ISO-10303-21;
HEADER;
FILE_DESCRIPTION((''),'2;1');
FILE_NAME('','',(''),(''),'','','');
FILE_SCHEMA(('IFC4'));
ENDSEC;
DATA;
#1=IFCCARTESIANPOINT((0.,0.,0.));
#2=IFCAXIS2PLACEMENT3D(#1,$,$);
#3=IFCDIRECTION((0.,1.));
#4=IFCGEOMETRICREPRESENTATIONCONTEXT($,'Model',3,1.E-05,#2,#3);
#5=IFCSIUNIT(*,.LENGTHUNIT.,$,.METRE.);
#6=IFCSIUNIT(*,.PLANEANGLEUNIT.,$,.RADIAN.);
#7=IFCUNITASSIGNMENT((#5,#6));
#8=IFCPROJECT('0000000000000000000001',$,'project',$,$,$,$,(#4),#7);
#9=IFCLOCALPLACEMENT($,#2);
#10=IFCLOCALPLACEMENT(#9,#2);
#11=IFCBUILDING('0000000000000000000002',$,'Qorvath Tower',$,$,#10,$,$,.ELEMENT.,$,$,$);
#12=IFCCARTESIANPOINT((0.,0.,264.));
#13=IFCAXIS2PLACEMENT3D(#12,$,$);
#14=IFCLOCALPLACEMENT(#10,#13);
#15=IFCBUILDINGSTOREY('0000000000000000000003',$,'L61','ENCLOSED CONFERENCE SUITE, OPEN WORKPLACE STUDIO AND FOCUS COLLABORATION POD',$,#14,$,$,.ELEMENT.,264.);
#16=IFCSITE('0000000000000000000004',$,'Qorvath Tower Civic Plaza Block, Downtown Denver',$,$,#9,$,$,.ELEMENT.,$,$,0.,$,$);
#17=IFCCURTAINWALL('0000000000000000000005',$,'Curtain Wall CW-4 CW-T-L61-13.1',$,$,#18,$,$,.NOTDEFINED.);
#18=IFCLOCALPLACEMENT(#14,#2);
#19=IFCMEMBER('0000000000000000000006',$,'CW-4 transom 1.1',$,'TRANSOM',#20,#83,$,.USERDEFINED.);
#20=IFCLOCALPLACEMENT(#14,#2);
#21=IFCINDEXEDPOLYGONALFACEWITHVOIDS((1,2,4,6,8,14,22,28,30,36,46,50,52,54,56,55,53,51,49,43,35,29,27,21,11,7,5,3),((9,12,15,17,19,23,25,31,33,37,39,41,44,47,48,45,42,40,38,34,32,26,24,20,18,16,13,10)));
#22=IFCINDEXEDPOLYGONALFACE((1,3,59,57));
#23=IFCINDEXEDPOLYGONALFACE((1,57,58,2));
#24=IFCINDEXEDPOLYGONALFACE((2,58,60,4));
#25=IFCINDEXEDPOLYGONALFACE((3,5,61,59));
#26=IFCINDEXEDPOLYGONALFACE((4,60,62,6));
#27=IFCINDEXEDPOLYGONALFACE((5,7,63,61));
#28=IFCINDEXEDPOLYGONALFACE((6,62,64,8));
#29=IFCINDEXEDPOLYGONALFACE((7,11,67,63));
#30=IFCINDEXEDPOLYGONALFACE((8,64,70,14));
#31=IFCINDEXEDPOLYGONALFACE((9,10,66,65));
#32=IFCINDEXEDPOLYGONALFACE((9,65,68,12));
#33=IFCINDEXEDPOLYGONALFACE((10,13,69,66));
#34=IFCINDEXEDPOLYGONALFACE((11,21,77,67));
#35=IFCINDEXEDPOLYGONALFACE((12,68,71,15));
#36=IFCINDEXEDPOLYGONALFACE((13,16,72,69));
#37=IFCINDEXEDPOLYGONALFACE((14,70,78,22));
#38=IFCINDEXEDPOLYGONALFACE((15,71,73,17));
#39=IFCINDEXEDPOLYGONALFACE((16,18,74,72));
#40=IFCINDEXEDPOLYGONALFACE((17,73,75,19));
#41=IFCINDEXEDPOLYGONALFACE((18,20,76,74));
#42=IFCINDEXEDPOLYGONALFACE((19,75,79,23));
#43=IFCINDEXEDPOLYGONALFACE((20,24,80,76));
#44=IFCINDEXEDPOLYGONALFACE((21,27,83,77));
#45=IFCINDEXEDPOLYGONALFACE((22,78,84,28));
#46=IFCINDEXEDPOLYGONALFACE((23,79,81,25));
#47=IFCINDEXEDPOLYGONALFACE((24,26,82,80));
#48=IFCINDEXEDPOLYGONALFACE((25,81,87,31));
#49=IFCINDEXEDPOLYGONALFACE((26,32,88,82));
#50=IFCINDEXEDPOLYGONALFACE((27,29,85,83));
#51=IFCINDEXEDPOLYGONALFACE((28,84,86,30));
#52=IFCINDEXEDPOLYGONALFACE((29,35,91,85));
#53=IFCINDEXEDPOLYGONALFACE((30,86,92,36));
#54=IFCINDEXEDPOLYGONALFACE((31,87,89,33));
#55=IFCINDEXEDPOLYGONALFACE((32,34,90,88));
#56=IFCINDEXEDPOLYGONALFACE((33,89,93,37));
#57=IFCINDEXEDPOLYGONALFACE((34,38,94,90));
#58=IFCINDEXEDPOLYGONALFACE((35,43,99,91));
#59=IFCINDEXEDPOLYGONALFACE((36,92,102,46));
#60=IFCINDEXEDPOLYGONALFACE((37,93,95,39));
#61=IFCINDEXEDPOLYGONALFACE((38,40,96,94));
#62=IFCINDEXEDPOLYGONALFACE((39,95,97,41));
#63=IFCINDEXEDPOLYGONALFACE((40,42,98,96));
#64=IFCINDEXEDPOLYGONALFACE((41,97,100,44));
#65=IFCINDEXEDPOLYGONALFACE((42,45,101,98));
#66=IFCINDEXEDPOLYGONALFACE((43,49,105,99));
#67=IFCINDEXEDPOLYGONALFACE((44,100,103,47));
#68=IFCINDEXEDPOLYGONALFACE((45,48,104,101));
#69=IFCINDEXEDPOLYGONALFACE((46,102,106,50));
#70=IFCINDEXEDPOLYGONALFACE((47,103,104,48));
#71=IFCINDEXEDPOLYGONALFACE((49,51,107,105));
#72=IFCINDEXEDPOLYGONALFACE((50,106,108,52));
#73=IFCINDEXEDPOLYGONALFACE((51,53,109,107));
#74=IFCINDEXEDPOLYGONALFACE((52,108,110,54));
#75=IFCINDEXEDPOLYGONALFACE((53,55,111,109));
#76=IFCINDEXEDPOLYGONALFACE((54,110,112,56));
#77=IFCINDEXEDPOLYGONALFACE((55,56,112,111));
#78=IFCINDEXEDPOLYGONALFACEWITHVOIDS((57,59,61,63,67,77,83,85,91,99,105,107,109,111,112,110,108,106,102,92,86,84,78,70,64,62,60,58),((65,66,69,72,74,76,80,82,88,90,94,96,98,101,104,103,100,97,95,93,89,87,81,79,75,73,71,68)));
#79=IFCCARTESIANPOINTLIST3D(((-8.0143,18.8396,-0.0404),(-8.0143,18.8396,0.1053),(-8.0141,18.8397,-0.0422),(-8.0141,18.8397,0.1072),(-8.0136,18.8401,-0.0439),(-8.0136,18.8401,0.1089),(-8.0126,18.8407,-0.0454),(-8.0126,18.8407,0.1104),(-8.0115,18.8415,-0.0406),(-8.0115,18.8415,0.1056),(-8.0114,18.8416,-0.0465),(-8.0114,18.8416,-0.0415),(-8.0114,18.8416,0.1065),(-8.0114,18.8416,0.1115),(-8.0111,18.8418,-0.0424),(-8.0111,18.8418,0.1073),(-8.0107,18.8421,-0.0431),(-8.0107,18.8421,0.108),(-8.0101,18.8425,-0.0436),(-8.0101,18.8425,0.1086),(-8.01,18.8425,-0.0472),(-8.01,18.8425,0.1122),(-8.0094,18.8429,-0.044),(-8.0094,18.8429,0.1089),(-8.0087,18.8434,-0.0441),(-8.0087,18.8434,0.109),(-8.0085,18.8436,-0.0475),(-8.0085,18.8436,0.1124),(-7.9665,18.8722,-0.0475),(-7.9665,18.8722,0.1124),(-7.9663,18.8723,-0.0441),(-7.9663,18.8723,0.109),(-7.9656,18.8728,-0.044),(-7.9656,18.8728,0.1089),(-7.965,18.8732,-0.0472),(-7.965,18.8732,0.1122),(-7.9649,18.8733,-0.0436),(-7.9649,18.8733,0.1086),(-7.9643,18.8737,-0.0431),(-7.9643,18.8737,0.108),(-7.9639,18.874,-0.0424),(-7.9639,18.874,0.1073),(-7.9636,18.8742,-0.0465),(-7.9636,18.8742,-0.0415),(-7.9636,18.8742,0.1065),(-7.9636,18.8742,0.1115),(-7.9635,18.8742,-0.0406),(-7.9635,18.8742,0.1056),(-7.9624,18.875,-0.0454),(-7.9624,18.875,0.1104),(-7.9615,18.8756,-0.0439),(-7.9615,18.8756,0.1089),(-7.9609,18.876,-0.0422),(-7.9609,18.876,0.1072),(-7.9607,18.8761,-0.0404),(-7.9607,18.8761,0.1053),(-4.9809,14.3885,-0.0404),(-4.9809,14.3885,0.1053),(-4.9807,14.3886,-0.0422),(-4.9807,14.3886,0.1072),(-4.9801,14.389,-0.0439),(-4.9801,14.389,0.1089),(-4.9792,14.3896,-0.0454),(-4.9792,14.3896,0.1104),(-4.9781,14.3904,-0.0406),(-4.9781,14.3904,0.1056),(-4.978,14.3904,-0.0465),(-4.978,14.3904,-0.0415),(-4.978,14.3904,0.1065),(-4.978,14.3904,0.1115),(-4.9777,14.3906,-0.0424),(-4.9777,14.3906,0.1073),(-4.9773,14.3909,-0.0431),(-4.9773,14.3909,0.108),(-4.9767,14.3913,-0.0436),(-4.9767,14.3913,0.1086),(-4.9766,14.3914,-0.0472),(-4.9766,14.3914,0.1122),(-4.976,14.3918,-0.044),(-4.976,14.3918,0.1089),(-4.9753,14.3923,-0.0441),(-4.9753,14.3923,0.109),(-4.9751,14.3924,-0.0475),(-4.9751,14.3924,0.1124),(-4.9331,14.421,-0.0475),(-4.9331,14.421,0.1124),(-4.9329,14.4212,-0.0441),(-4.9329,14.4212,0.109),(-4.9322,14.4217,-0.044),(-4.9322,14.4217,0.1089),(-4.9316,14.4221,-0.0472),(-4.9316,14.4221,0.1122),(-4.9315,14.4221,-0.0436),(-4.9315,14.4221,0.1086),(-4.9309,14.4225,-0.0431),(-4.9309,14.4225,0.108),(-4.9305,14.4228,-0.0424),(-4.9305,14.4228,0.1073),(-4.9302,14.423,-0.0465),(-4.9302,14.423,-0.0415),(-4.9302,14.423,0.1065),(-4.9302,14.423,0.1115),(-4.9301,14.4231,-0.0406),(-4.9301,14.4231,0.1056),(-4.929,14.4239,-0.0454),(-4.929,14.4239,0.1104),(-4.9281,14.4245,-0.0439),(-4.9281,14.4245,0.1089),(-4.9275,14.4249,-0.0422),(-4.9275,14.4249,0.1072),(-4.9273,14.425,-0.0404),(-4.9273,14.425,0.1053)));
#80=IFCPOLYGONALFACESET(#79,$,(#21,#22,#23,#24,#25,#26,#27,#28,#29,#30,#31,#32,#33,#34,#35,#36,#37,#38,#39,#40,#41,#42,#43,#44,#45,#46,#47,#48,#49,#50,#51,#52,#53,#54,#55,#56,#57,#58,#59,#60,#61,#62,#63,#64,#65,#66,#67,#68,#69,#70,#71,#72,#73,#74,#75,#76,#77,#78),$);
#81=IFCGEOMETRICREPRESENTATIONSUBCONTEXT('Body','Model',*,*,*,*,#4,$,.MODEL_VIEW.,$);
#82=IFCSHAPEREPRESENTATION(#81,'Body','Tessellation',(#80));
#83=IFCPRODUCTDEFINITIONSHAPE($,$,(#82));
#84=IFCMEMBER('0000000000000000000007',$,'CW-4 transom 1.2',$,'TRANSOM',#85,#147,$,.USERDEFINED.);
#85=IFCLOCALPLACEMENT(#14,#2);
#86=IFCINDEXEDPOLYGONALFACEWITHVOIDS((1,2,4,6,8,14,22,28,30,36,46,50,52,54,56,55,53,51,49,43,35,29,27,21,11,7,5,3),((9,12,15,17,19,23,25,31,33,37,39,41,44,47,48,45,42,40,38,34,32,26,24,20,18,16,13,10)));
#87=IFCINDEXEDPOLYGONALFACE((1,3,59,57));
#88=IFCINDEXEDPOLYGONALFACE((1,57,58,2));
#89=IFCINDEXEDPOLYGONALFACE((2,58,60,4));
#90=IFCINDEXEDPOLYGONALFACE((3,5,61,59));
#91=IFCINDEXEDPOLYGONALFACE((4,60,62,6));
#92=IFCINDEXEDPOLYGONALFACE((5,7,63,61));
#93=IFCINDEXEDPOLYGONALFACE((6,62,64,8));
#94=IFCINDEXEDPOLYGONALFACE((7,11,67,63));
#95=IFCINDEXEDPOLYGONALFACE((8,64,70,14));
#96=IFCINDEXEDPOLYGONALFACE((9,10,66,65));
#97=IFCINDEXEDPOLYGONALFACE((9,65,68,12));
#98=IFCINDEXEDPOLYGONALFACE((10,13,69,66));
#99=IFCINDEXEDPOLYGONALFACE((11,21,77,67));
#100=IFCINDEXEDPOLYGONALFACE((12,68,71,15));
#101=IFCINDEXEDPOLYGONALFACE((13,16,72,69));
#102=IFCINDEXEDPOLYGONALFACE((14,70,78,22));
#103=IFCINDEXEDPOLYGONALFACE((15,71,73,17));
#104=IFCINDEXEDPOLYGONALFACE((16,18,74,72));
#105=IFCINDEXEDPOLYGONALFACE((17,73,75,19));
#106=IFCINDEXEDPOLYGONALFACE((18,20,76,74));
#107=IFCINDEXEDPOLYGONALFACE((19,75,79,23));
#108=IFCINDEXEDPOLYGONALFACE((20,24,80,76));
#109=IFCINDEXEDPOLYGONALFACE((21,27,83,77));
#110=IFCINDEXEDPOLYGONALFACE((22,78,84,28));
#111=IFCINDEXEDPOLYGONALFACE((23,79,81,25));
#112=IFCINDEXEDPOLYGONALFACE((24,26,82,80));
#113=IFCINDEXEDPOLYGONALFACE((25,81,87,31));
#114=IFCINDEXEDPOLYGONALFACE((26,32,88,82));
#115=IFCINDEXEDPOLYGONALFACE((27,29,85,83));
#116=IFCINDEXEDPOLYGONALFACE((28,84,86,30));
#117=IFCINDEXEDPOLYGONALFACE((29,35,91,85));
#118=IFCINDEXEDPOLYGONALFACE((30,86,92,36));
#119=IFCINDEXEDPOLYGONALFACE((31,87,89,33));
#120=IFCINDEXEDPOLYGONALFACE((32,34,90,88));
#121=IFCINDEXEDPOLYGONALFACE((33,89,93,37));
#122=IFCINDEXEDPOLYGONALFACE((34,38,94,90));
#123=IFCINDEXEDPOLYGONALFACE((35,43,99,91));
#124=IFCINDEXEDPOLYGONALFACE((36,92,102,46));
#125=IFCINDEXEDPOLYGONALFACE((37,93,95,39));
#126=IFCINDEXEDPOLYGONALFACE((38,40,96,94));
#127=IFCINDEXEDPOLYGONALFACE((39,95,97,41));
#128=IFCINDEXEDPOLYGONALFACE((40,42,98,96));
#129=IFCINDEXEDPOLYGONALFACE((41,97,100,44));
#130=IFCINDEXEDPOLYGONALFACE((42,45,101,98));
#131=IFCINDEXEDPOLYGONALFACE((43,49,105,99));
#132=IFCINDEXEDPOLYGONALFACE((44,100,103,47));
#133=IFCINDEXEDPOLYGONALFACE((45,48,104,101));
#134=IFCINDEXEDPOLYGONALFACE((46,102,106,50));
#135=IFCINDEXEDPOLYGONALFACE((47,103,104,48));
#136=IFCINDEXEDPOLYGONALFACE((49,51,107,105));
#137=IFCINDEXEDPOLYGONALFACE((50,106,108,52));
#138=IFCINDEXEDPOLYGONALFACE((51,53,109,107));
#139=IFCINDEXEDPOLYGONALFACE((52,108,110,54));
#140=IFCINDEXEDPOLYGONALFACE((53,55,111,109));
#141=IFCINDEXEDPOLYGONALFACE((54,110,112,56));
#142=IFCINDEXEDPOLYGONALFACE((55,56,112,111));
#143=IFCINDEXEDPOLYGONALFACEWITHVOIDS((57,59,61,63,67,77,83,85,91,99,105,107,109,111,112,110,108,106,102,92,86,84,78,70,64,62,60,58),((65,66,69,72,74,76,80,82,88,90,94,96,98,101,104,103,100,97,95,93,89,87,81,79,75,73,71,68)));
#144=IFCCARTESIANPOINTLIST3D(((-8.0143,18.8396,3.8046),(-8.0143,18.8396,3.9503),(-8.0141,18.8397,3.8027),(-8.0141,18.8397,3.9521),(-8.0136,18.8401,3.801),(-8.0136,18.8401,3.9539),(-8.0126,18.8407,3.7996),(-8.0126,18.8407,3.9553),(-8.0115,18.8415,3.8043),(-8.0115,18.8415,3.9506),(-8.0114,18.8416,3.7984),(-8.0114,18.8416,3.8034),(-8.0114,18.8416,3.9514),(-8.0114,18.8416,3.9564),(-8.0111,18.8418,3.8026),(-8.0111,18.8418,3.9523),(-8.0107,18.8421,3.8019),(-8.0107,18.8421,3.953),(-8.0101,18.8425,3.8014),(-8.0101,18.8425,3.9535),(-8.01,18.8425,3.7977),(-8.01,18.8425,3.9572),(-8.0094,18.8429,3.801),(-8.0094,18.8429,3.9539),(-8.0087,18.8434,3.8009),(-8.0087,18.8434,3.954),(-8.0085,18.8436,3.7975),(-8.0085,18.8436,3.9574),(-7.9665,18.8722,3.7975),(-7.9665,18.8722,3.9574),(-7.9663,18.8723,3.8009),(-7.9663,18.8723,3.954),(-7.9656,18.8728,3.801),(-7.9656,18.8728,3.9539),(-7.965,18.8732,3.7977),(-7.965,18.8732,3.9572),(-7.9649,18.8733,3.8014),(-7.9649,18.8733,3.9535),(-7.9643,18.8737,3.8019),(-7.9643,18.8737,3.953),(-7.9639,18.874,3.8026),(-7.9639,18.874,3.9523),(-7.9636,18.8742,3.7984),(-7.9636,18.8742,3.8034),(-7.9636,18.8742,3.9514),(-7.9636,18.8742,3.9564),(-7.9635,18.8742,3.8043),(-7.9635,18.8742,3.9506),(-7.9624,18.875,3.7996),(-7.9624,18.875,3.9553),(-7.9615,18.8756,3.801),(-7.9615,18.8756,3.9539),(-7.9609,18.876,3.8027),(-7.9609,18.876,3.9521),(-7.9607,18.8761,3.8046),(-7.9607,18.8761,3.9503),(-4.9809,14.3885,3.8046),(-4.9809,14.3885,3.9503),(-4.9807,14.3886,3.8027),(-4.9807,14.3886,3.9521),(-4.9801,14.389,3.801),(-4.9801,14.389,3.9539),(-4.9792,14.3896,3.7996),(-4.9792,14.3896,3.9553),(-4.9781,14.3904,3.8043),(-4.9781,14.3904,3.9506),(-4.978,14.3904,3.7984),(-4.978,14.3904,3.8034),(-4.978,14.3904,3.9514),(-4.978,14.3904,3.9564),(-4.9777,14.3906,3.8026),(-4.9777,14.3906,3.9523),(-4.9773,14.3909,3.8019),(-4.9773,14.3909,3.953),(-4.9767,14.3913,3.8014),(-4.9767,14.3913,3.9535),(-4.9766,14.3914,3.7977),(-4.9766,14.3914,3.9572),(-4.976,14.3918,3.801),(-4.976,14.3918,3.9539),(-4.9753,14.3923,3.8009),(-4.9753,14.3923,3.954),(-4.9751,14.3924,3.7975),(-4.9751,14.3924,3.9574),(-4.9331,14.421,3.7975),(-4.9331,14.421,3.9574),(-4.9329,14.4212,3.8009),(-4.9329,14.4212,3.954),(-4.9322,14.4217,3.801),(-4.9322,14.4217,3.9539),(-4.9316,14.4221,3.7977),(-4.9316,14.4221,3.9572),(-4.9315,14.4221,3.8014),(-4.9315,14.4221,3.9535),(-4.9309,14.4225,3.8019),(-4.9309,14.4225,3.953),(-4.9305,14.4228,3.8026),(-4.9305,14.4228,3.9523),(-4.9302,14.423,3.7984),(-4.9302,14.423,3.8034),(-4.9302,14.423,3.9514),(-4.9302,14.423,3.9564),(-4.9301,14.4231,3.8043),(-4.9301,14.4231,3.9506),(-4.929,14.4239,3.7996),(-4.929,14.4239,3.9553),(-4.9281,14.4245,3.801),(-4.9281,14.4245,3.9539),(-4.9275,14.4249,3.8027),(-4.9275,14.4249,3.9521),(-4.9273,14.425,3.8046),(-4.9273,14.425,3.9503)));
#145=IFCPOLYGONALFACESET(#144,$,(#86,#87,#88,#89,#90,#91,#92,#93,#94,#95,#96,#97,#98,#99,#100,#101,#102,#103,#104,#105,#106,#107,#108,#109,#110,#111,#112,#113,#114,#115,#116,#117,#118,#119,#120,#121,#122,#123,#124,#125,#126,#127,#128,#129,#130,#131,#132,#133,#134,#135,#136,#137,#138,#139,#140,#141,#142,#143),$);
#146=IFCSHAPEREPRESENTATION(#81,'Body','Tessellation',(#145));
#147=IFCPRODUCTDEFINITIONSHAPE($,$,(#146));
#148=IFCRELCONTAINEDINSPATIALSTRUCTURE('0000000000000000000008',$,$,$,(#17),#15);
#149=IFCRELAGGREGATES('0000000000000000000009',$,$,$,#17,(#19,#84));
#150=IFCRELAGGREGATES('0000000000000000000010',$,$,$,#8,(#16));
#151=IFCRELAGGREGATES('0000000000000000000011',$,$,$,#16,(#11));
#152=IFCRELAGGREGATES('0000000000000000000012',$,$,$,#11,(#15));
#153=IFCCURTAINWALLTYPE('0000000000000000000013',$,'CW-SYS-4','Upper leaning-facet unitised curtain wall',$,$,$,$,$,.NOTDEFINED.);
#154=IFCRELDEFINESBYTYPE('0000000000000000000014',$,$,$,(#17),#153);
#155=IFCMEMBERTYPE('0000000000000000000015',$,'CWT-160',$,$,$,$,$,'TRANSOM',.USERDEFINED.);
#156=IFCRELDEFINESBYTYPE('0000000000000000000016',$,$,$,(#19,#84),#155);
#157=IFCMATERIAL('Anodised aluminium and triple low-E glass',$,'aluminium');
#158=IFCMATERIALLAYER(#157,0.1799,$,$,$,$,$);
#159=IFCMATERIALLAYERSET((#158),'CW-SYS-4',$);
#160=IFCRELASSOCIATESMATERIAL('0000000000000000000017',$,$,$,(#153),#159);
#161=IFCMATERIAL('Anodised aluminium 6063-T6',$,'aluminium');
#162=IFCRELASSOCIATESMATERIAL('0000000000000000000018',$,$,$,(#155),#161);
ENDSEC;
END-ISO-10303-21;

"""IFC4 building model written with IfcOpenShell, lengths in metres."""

from ifc_helpers import new_model, si_unit, direction, frame, origin, origin_2d, place, context, subcontext, project, spatial, hollow_rectangle, extrude, material, layer, layer_set, material_profile, profile_set, type_object, element, aggregate, save


model = new_model("IFC4")

# Units and contexts
model_context = context("Model", 3, precision=1e-05, world=origin(), true_north=direction((0.0, 1.0)))
body_context = subcontext(model_context, "Body", "Model", "MODEL_VIEW")
ifc_project = project(units=[si_unit("LENGTHUNIT", "METRE"), si_unit("PLANEANGLEUNIT", "RADIAN")], contexts=[model_context])

# Site, building, storey
site_placement = place(None, origin())
site = spatial("IfcSite", under=ifc_project, at=site_placement, Name="Qorvath Tower Civic Plaza Block, Downtown Denver", CompositionType="ELEMENT", RefElevation=0.0)
building_placement = place(site_placement, origin())
building = spatial("IfcBuilding", under=site, at=building_placement, Name="Qorvath Tower", CompositionType="ELEMENT")
storey_placement = place(building_placement, frame((0.0, 0.0, 264.0)))
storey = spatial("IfcBuildingStorey", under=building, at=storey_placement, Name="L61", Description="ENCLOSED CONFERENCE SUITE, OPEN WORKPLACE STUDIO AND FOCUS COLLABORATION POD", CompositionType="ELEMENT", Elevation=264.0)

# Shared definitions
ifc_material_1 = material(Name="Anodised aluminium and triple low-E glass", Category="aluminium")
ifc_layer_1 = layer(ifc_material_1, 0.1799)
ifc_layer_set_1 = layer_set([ifc_layer_1], Name="CW-SYS-4")
curtain_wall_type = type_object("IfcCurtainWallType", Name="CW-SYS-4", Description="Upper leaning-facet unitised curtain wall", PredefinedType="NOTDEFINED", material=ifc_layer_set_1)

# Curtain wall
curtain_wall_1_placement = place(storey_placement, origin())
curtain_wall_1 = element("IfcCurtainWall", 1, at=curtain_wall_1_placement, inside=storey, type_object=curtain_wall_type, Name="Curtain Wall CW-4 CW-T-L61-13.1", PredefinedType="NOTDEFINED")

# Members
ifc_material_2 = material(Name="Anodised aluminium 6063-T6", Category="aluminium")
ifc_material_profile_1 = material_profile(ifc_material_2, hollow_rectangle(XDim=0.0649, YDim=0.1599, WallThickness=0.0034, InnerFilletRadius=0.0034, OuterFilletRadius=0.0071, at=origin_2d()), Name="CWT 160x65")
ifc_profile_set_1 = profile_set([ifc_material_profile_1], Name="Anodised aluminium 6063-T6")
member_type_1 = type_object("IfcMemberType", Name="CWT-160", ElementType="TRANSOM", PredefinedType="USERDEFINED", material=ifc_profile_set_1)
member_1_placement = place(storey_placement, frame((-4.9541, 14.4067, 0.0325), z_axis=(-0.563154, 0.826352, 0.0), x_axis=(-0.826352, -0.563154, 0.0)))
member_1 = element("IfcMember", 2, at=member_1_placement, type_object=member_type_1, Name="CW-4 transom 1.1", ObjectType="TRANSOM", PredefinedType="USERDEFINED", context=body_context, shape_type="SweptSolid", body=[
    extrude(hollow_rectangle(XDim=0.0649, YDim=0.1599, WallThickness=0.0034, InnerFilletRadius=0.0034, OuterFilletRadius=0.0071, at=origin_2d()), origin(), (0.0, 0.0, 1.0), 5.3865),
])
member_2_placement = place(storey_placement, frame((-4.9541, 14.4067, 3.8774), z_axis=(-0.563154, 0.826352, 0.0), x_axis=(-0.826352, -0.563154, 0.0)))
member_2 = element("IfcMember", 3, at=member_2_placement, type_object=member_type_1, Name="CW-4 transom 1.2", ObjectType="TRANSOM", PredefinedType="USERDEFINED", context=body_context, shape_type="SweptSolid", body=[
    extrude(hollow_rectangle(XDim=0.0649, YDim=0.1599, WallThickness=0.0034, InnerFilletRadius=0.0034, OuterFilletRadius=0.0071, at=origin_2d()), origin(), (0.0, 0.0, 1.0), 5.3865),
])

aggregate(curtain_wall_1, [member_1, member_2])

save(model, "model.ifc")
